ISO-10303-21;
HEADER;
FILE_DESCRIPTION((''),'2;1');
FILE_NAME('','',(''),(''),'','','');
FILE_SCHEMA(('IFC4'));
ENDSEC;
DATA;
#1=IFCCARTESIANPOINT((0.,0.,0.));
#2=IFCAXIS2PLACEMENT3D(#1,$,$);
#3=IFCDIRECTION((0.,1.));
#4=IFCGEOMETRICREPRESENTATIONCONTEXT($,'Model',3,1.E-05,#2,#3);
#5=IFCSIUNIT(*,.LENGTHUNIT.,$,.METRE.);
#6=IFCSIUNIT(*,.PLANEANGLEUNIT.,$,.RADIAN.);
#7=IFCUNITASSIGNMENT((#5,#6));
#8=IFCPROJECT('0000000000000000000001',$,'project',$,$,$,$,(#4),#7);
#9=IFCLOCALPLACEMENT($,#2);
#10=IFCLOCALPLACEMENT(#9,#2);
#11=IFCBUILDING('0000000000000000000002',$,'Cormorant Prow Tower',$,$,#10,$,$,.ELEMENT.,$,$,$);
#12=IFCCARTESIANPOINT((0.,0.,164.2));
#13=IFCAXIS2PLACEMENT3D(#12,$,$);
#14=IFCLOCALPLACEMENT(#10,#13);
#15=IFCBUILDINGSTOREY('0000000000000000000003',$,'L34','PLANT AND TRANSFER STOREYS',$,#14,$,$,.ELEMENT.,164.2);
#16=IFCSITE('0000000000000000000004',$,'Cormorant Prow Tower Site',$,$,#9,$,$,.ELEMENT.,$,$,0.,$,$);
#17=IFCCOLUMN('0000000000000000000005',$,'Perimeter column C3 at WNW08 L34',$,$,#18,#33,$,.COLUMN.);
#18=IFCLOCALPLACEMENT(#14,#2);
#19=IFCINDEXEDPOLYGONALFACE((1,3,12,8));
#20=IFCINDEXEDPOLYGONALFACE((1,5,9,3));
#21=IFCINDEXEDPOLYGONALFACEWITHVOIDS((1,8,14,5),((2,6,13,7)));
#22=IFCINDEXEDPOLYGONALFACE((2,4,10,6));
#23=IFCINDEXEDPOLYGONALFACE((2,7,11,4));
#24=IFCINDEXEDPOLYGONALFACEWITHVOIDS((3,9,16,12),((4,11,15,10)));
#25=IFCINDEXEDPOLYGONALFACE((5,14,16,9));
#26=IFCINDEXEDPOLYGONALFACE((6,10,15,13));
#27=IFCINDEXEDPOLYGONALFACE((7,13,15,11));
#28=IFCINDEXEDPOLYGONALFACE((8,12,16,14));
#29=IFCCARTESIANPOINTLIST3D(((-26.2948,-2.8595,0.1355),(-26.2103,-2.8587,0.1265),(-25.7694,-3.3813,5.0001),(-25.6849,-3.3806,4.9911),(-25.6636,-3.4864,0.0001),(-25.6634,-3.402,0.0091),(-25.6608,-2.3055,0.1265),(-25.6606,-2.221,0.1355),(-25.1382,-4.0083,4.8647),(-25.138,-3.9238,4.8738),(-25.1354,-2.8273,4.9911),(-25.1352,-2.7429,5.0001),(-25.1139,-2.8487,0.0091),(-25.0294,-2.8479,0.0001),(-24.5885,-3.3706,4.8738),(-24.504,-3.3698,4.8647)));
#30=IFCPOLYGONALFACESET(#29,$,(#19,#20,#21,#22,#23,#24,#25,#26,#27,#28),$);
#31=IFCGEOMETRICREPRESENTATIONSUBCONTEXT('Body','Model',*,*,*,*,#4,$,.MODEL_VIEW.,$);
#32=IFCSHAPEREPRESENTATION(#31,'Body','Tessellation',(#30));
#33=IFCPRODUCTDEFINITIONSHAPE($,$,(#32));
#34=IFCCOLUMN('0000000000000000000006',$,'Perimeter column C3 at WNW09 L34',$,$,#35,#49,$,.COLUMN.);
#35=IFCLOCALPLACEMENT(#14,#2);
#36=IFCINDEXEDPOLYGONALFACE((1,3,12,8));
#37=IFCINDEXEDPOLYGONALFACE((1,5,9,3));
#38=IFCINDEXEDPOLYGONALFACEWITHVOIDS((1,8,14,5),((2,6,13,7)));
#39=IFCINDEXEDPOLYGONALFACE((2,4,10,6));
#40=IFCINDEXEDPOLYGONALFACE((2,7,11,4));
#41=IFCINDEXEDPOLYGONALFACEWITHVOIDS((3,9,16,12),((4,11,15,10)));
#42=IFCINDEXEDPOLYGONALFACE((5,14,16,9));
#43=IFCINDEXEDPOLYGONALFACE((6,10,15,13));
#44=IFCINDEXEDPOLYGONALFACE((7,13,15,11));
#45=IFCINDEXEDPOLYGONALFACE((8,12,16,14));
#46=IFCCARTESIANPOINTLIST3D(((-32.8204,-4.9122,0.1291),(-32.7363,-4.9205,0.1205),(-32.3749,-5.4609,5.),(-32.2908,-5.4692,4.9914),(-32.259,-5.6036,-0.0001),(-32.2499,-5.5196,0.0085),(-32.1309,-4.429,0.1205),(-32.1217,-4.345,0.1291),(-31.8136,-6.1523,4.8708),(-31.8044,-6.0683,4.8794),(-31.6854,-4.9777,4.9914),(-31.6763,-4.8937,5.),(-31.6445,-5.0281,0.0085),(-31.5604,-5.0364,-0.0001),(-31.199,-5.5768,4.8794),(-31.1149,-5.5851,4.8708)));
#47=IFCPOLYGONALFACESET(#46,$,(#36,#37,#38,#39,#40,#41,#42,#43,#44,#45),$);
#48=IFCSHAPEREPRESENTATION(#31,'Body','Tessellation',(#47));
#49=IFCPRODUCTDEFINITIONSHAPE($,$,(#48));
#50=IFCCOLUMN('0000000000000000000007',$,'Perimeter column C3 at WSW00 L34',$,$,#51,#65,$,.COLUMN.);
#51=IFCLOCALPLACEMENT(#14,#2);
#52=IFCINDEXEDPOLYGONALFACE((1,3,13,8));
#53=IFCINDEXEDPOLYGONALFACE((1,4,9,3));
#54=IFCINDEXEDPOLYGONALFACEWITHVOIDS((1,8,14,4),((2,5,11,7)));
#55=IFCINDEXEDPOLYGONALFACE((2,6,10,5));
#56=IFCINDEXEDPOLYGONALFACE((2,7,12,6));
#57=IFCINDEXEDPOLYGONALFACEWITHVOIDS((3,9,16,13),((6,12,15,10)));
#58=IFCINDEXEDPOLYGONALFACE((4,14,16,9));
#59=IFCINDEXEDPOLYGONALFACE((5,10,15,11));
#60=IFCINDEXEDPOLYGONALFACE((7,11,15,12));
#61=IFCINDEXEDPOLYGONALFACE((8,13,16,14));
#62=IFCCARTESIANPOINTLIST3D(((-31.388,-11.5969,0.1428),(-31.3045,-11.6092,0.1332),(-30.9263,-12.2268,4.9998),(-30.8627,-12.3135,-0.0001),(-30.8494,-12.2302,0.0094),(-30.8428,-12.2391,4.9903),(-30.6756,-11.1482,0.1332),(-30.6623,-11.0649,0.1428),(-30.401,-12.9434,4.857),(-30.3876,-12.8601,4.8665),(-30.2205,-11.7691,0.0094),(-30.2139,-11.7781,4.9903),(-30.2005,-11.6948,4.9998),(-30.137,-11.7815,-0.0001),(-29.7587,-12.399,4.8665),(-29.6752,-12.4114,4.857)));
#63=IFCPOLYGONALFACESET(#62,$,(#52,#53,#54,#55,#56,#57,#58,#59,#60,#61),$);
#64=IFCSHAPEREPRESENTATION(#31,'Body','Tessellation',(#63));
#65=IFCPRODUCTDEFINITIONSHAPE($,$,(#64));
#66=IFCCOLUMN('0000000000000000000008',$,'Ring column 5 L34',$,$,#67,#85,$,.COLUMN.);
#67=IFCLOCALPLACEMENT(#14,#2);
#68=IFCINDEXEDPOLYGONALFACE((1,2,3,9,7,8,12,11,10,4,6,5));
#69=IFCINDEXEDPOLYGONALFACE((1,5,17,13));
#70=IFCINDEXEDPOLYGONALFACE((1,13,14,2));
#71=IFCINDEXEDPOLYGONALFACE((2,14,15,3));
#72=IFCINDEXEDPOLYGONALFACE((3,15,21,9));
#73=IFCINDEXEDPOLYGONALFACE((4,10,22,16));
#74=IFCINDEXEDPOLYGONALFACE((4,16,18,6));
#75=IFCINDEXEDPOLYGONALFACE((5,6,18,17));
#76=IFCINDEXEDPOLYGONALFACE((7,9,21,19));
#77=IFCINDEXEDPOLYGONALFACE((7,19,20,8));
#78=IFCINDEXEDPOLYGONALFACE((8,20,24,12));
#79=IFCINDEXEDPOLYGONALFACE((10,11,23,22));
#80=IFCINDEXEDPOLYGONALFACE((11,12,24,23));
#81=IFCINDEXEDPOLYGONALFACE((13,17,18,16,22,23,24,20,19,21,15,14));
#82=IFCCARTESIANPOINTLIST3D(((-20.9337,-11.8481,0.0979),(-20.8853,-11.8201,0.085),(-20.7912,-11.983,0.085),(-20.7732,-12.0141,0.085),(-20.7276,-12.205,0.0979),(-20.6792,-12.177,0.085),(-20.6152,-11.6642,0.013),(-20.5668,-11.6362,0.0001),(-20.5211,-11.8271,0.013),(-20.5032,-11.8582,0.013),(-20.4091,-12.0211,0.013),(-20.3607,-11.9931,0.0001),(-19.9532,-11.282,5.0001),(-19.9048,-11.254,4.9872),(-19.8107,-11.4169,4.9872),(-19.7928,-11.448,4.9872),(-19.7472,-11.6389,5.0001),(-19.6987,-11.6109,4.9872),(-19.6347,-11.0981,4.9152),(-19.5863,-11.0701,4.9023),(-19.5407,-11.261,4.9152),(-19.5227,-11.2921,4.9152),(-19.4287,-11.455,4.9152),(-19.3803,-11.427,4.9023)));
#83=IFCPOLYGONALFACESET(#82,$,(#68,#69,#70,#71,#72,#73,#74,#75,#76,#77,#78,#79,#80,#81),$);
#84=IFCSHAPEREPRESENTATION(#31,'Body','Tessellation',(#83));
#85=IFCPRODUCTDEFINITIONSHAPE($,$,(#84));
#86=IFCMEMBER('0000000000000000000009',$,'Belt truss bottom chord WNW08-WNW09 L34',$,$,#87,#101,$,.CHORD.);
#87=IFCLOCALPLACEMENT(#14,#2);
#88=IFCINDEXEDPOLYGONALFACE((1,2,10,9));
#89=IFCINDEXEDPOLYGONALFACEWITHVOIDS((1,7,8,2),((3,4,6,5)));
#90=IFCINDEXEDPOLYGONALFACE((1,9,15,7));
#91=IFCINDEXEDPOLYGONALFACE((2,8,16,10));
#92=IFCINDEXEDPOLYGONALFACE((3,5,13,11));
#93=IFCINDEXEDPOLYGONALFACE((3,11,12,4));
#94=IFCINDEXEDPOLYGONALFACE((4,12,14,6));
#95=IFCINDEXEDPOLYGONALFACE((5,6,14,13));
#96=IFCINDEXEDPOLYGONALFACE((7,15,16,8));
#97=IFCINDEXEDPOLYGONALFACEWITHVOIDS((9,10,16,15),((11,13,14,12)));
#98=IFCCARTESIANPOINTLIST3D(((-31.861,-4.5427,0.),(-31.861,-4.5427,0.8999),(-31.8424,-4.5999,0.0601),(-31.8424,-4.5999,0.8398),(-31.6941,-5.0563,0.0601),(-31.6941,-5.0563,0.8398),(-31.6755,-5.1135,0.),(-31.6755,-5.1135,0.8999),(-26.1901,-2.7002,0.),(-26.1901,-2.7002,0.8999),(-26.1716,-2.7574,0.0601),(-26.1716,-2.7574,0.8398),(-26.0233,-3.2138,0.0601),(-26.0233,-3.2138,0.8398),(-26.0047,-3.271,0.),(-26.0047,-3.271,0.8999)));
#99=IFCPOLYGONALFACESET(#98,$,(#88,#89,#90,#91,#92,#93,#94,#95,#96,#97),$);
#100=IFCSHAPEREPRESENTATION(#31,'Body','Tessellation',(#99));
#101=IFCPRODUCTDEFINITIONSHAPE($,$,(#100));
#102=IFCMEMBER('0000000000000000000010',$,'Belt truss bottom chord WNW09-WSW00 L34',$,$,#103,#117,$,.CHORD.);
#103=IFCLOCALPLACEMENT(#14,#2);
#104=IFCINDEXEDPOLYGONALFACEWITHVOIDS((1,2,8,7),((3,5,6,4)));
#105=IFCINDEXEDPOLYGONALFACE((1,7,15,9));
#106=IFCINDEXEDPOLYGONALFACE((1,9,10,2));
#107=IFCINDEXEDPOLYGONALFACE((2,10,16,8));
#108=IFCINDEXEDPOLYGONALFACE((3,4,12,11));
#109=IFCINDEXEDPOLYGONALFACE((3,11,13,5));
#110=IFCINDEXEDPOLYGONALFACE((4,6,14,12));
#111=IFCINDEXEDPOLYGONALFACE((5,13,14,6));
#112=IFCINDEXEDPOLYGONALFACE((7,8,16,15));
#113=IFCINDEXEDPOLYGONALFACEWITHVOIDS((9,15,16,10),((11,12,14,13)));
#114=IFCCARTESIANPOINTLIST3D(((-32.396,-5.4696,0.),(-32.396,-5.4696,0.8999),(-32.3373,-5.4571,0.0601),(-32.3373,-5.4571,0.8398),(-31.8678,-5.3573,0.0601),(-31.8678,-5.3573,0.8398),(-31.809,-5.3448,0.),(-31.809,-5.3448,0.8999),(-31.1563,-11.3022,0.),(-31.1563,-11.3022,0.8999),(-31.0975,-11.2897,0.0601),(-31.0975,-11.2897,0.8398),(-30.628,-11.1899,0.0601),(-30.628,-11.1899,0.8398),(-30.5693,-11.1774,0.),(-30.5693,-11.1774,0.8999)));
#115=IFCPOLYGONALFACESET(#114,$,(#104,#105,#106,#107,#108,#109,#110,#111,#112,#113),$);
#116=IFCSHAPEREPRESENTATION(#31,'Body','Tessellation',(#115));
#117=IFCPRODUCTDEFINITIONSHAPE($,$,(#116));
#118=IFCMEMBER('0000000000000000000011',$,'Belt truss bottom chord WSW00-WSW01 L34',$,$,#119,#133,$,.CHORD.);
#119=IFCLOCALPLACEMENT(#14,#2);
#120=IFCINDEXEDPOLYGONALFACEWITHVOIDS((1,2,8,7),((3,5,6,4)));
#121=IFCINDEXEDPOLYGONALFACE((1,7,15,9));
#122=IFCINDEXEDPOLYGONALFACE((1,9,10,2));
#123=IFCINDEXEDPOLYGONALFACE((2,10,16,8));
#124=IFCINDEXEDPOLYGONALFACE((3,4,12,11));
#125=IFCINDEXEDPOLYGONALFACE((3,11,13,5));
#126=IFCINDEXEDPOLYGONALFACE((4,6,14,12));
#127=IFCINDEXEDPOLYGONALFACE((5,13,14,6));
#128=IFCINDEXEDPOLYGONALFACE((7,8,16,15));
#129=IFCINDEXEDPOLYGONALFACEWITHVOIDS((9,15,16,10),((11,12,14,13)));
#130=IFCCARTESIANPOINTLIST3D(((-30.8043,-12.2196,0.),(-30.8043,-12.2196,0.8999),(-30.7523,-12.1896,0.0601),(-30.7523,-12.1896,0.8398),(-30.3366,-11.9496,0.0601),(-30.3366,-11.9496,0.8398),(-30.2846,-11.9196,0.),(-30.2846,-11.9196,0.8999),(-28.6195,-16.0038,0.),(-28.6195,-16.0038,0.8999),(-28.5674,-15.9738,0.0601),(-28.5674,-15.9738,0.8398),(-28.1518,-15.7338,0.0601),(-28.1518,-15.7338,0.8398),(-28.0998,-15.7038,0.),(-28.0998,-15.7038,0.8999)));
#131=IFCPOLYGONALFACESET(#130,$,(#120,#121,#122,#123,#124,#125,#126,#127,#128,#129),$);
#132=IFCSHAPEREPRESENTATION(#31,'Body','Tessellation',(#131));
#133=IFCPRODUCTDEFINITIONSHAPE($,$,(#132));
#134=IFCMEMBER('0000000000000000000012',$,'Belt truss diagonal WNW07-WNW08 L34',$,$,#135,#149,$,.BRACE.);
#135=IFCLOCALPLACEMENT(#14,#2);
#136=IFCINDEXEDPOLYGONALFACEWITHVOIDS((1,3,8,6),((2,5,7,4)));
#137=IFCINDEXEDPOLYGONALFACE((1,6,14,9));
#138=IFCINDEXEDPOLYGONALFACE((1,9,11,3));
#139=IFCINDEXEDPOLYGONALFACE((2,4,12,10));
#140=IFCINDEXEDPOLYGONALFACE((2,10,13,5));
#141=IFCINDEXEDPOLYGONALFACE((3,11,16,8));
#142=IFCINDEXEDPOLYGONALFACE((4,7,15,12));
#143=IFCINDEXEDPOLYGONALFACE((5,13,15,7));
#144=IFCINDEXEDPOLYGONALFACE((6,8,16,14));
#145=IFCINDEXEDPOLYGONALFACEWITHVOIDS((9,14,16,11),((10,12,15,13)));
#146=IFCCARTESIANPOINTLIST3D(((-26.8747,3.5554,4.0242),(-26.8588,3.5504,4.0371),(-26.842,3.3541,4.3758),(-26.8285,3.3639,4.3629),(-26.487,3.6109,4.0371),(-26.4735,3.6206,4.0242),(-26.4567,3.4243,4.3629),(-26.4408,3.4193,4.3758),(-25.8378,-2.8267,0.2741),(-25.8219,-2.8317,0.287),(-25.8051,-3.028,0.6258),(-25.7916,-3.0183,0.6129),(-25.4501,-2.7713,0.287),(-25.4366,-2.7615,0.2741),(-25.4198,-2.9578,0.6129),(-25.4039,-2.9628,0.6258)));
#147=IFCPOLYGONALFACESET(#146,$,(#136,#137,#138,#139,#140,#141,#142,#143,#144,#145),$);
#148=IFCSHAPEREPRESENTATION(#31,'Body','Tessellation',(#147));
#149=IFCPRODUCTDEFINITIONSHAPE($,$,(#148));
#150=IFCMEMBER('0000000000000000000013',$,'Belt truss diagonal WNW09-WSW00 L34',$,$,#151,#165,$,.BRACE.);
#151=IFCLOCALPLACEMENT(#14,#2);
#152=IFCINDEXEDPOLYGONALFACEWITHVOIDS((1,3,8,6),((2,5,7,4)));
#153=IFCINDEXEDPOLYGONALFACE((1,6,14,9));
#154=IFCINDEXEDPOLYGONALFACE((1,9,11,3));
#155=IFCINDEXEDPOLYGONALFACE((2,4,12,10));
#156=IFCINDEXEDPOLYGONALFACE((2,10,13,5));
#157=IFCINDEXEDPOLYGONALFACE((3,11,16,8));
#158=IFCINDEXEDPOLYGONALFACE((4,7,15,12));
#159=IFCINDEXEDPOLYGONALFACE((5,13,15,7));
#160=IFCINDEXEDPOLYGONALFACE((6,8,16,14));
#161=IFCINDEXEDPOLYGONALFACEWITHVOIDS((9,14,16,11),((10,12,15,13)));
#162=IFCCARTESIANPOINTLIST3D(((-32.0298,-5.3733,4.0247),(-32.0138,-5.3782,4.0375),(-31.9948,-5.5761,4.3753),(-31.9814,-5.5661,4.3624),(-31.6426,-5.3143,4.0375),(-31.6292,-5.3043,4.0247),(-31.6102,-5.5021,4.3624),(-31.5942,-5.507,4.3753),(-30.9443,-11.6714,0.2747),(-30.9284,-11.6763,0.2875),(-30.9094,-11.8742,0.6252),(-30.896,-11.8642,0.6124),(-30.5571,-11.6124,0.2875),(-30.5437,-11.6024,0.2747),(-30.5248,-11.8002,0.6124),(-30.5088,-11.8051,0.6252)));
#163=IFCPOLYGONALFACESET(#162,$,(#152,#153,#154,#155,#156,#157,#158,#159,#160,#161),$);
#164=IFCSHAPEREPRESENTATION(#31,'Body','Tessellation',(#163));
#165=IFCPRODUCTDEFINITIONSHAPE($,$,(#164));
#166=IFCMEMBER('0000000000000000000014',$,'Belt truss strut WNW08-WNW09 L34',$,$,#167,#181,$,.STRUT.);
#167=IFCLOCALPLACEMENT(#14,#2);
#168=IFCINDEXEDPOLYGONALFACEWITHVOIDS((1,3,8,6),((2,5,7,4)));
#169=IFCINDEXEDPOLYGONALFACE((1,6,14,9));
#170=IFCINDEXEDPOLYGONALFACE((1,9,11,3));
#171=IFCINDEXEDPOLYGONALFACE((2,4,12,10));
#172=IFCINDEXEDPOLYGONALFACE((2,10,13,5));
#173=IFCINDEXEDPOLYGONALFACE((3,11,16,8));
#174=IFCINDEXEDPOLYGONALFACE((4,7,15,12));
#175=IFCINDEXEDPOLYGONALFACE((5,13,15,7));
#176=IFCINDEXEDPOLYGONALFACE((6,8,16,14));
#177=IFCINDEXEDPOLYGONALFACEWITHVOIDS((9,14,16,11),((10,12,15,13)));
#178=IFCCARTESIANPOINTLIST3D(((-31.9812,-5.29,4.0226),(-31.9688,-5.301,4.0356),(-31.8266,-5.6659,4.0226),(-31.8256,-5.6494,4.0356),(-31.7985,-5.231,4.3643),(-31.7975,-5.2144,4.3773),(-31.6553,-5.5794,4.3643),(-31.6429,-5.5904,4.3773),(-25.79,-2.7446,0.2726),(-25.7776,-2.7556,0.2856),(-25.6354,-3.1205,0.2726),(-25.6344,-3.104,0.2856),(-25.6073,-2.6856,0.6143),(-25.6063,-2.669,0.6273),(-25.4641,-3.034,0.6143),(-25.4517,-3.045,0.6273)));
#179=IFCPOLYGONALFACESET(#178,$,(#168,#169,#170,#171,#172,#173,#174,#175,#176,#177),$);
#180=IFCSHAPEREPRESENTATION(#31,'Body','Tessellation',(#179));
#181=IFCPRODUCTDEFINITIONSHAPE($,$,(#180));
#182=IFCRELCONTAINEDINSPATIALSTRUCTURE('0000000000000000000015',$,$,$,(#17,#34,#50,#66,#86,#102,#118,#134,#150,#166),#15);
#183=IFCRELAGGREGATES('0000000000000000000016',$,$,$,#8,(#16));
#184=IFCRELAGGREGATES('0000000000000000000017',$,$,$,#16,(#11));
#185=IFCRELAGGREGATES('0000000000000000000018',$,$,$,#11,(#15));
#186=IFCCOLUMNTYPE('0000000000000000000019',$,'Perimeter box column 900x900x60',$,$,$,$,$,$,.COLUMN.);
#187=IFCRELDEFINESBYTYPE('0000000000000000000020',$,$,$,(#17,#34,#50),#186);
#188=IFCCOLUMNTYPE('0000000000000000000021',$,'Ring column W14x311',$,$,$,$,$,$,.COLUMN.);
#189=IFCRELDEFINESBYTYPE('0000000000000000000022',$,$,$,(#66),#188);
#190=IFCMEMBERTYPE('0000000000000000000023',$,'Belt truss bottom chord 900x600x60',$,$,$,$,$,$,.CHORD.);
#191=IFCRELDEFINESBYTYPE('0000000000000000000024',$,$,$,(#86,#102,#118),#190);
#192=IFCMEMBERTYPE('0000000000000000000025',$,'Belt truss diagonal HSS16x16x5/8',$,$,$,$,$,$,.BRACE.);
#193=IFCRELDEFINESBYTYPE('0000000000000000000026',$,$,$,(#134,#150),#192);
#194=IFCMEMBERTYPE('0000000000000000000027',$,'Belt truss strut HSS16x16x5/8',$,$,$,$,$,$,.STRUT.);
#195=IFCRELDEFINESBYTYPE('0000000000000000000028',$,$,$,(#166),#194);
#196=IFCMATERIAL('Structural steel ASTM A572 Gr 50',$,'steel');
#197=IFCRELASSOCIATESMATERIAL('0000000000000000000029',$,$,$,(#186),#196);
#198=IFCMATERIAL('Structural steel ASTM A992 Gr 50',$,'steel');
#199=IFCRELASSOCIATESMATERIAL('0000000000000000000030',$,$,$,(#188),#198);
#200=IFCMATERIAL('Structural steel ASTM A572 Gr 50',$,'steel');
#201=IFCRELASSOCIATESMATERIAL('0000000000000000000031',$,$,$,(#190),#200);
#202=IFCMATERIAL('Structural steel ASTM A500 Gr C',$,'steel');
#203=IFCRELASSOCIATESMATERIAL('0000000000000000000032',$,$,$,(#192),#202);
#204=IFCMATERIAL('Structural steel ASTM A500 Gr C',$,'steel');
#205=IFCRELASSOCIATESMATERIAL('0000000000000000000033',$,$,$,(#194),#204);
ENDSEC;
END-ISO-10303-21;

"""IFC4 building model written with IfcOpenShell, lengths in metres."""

from ifc_helpers import new_model, si_unit, direction, frame, origin, origin_2d, place, context, subcontext, project, spatial, hollow_rectangle, i_section, extrude, material, material_profile, profile_set, type_object, element, save


model = new_model("IFC4")

# Units and contexts
model_context = context("Model", 3, precision=1e-05, world=origin(), true_north=direction((0.0, 1.0)))
body_context = subcontext(model_context, "Body", "Model", "MODEL_VIEW")
ifc_project = project(units=[si_unit("LENGTHUNIT", "METRE"), si_unit("PLANEANGLEUNIT", "RADIAN")], contexts=[model_context])

# Site, building, storey
site_placement = place(None, origin())
site = spatial("IfcSite", under=ifc_project, at=site_placement, Name="Cormorant Prow Tower Site", CompositionType="ELEMENT", RefElevation=0.0)
building_placement = place(site_placement, origin())
building = spatial("IfcBuilding", under=site, at=building_placement, Name="Cormorant Prow Tower", CompositionType="ELEMENT")
storey_placement = place(building_placement, frame((0.0, 0.0, 164.2)))
storey = spatial("IfcBuildingStorey", under=building, at=storey_placement, Name="L34", Description="PLANT AND TRANSFER STOREYS", CompositionType="ELEMENT", Elevation=164.2)

# Columns
ifc_material_1 = material(Name="Structural steel ASTM A572 Gr 50", Category="steel")
ifc_material_profile_1 = material_profile(ifc_material_1, hollow_rectangle(XDim=0.8999, YDim=0.8999, WallThickness=0.0601, at=origin_2d()), Name="Box 900x900x60")
ifc_profile_set_1 = profile_set([ifc_material_profile_1], Name="Structural steel ASTM A572 Gr 50")
column_type_1 = type_object("IfcColumnType", Name="Perimeter box column 900x900x60", PredefinedType="COLUMN", material=ifc_profile_set_1)
column_1_placement = place(storey_placement, frame((-25.6694, -2.8464, 0.0), z_axis=(0.106778, -0.106054, 0.988611), x_axis=(0.704697, 0.709508, 0.0)))
element("IfcColumn", 1, at=column_1_placement, inside=storey, type_object=column_type_1, Name="Perimeter column C3 at WNW08 L34", PredefinedType="COLUMN", context=body_context, shape_type="SweptSolid", body=[
    extrude(hollow_rectangle(XDim=0.8999, YDim=0.8999, WallThickness=0.0601, at=origin_2d()), frame((0.0, 0.0, 0.0686)), (0.0, 0.0, 1.0), 4.9207),
])
column_2_placement = place(storey_placement, frame((-32.1963, -4.967, 0.0), z_axis=(0.090507, -0.111479, 0.989637), x_axis=(0.776351, 0.630301, 0.0)))
element("IfcColumn", 2, at=column_2_placement, inside=storey, type_object=column_type_1, Name="Perimeter column C3 at WNW09 L34", PredefinedType="COLUMN", context=body_context, shape_type="SweptSolid", body=[
    extrude(hollow_rectangle(XDim=0.8999, YDim=0.8999, WallThickness=0.0601, at=origin_2d()), frame((0.0, 0.0, 0.0652)), (0.0, 0.0, 1.0), 4.9219),
])
column_3_placement = place(storey_placement, frame((-30.7693, -11.6799, 0.0), z_axis=(0.093863, -0.128043, 0.987317), x_axis=(0.806511, 0.591219, 0.0)))
element("IfcColumn", 3, at=column_3_placement, inside=storey, type_object=column_type_1, Name="Perimeter column C3 at WSW00 L34", PredefinedType="COLUMN", context=body_context, shape_type="SweptSolid", body=[
    extrude(hollow_rectangle(XDim=0.8999, YDim=0.8999, WallThickness=0.0601, at=origin_2d()), frame((0.0, 0.0, 0.0723)), (0.0, 0.0, 1.0), 4.9194),
])
ifc_material_2 = material(Name="Structural steel ASTM A992 Gr 50", Category="steel")
ifc_material_profile_2 = material_profile(ifc_material_2, i_section(OverallWidth=0.4121, OverallDepth=0.4348, WebThickness=0.0359, FlangeThickness=0.0574, at=origin_2d()), Name="W14x311")
ifc_profile_set_2 = profile_set([ifc_material_profile_2], Name="Structural steel ASTM A992 Gr 50")
column_type_2 = type_object("IfcColumnType", Name="Ring column W14x311", PredefinedType="COLUMN", material=ifc_profile_set_2)
column_4_placement = place(storey_placement, frame((-20.657, -11.9263, 0.0), z_axis=(0.194871, 0.112517, 0.974354), x_axis=(-0.500027, 0.86601, 0.0)))
element("IfcColumn", 4, at=column_4_placement, inside=storey, type_object=column_type_2, Name="Ring column 5 L34", PredefinedType="COLUMN", context=body_context, shape_type="SweptSolid", body=[
    extrude(i_section(OverallWidth=0.4121, OverallDepth=0.4348, WebThickness=0.0359, FlangeThickness=0.0574, at=origin_2d()), frame((0.0, 0.0, 0.0503)), (0.0, 0.0, 1.0), 5.0312),
])

# Members
ifc_material_3 = material(Name="Structural steel ASTM A572 Gr 50", Category="steel")
ifc_material_profile_3 = material_profile(ifc_material_3, hollow_rectangle(XDim=0.6001, YDim=0.8999, WallThickness=0.0601, at=origin_2d()), Name="Box 900x600x60")
ifc_profile_set_3 = profile_set([ifc_material_profile_3], Name="Structural steel ASTM A572 Gr 50")
member_type_1 = type_object("IfcMemberType", Name="Belt truss bottom chord 900x600x60", PredefinedType="CHORD", material=ifc_profile_set_3)
member_1_placement = place(storey_placement, frame((-26.0974, -2.9856, 0.45), z_axis=(-0.951059, -0.309008, 0.0), x_axis=(0.309008, -0.951059, 0.0)))
element("IfcMember", 5, at=member_1_placement, inside=storey, type_object=member_type_1, Name="Belt truss bottom chord WNW08-WNW09 L34", PredefinedType="CHORD", context=body_context, shape_type="SweptSolid", body=[
    extrude(hollow_rectangle(XDim=0.6001, YDim=0.8999, WallThickness=0.0601, at=origin_2d()), origin(), (0.0, 0.0, 1.0), 5.9626),
])
member_2_placement = place(storey_placement, frame((-32.1025, -5.4072, 0.45), z_axis=(0.207913, -0.978147, 0.0), x_axis=(0.978147, 0.207913, 0.0)))
element("IfcMember", 6, at=member_2_placement, inside=storey, type_object=member_type_1, Name="Belt truss bottom chord WNW09-WSW00 L34", PredefinedType="CHORD", context=body_context, shape_type="SweptSolid", body=[
    extrude(hollow_rectangle(XDim=0.6001, YDim=0.8999, WallThickness=0.0601, at=origin_2d()), origin(), (0.0, 0.0, 1.0), 5.9629),
])
member_3_placement = place(storey_placement, frame((-30.5444, -12.0696, 0.45), z_axis=(0.500003, -0.866024, 0.0), x_axis=(0.866024, 0.500003, 0.0)))
element("IfcMember", 7, at=member_3_placement, inside=storey, type_object=member_type_1, Name="Belt truss bottom chord WSW00-WSW01 L34", PredefinedType="CHORD", context=body_context, shape_type="SweptSolid", body=[
    extrude(hollow_rectangle(XDim=0.6001, YDim=0.8999, WallThickness=0.0601, at=origin_2d()), origin(), (0.0, 0.0, 1.0), 4.3696),
])
ifc_material_4 = material(Name="Structural steel ASTM A500 Gr C", Category="steel")
ifc_material_profile_4 = material_profile(ifc_material_4, hollow_rectangle(XDim=0.4065, YDim=0.4065, WallThickness=0.0149, at=origin_2d()), Name="HSS16x16x5/8")
ifc_profile_set_4 = profile_set([ifc_material_profile_4], Name="Structural steel ASTM A500 Gr C")
member_type_2 = type_object("IfcMemberType", Name="Belt truss diagonal HSS16x16x5/8", PredefinedType="BRACE", material=ifc_profile_set_4)
member_4_placement = place(storey_placement, frame((-25.6208, -2.8948, 0.45), z_axis=(-0.13872, 0.853844, 0.501704), x_axis=(-0.987058, -0.160363, 0.0)))
element("IfcMember", 8, at=member_4_placement, inside=storey, type_object=member_type_2, Name="Belt truss diagonal WNW07-WNW08 L34", PredefinedType="BRACE", context=body_context, shape_type="SweptSolid", body=[
    extrude(hollow_rectangle(XDim=0.4065, YDim=0.4065, WallThickness=0.0149, at=origin_2d()), origin(), (0.0, 0.0, 1.0), 7.4746),
])
member_5_placement = place(storey_placement, frame((-30.7266, -11.7383, 0.45), z_axis=(-0.146486, 0.849956, 0.506079), x_axis=(-0.985471, -0.169842, 0.0)))
element("IfcMember", 9, at=member_5_placement, inside=storey, type_object=member_type_2, Name="Belt truss diagonal WNW09-WSW00 L34", PredefinedType="BRACE", context=body_context, shape_type="SweptSolid", body=[
    extrude(hollow_rectangle(XDim=0.4065, YDim=0.4065, WallThickness=0.0149, at=origin_2d()), origin(), (0.0, 0.0, 1.0), 7.4099),
])
ifc_material_5 = material(Name="Structural steel ASTM A500 Gr C", Category="steel")
ifc_material_profile_5 = material_profile(ifc_material_5, hollow_rectangle(XDim=0.4065, YDim=0.4065, WallThickness=0.0149, at=origin_2d()), Name="HSS16x16x5/8")
ifc_profile_set_5 = profile_set([ifc_material_profile_5], Name="Structural steel ASTM A500 Gr C")
member_type_3 = type_object("IfcMemberType", Name="Belt truss strut HSS16x16x5/8", PredefinedType="STRUT", material=ifc_profile_set_5)
member_6_placement = place(storey_placement, frame((-25.6208, -2.8948, 0.45), z_axis=(-0.806896, -0.331744, 0.488738), x_axis=(0.380253, -0.924883, 0.0)))
element("IfcMember", 10, at=member_6_placement, inside=storey, type_object=member_type_3, Name="Belt truss strut WNW08-WNW09 L34", PredefinedType="STRUT", context=body_context, shape_type="SweptSolid", body=[
    extrude(hollow_rectangle(XDim=0.4065, YDim=0.4065, WallThickness=0.0149, at=origin_2d()), origin(), (0.0, 0.0, 1.0), 7.6729),
])

save(model, "model.ifc")
